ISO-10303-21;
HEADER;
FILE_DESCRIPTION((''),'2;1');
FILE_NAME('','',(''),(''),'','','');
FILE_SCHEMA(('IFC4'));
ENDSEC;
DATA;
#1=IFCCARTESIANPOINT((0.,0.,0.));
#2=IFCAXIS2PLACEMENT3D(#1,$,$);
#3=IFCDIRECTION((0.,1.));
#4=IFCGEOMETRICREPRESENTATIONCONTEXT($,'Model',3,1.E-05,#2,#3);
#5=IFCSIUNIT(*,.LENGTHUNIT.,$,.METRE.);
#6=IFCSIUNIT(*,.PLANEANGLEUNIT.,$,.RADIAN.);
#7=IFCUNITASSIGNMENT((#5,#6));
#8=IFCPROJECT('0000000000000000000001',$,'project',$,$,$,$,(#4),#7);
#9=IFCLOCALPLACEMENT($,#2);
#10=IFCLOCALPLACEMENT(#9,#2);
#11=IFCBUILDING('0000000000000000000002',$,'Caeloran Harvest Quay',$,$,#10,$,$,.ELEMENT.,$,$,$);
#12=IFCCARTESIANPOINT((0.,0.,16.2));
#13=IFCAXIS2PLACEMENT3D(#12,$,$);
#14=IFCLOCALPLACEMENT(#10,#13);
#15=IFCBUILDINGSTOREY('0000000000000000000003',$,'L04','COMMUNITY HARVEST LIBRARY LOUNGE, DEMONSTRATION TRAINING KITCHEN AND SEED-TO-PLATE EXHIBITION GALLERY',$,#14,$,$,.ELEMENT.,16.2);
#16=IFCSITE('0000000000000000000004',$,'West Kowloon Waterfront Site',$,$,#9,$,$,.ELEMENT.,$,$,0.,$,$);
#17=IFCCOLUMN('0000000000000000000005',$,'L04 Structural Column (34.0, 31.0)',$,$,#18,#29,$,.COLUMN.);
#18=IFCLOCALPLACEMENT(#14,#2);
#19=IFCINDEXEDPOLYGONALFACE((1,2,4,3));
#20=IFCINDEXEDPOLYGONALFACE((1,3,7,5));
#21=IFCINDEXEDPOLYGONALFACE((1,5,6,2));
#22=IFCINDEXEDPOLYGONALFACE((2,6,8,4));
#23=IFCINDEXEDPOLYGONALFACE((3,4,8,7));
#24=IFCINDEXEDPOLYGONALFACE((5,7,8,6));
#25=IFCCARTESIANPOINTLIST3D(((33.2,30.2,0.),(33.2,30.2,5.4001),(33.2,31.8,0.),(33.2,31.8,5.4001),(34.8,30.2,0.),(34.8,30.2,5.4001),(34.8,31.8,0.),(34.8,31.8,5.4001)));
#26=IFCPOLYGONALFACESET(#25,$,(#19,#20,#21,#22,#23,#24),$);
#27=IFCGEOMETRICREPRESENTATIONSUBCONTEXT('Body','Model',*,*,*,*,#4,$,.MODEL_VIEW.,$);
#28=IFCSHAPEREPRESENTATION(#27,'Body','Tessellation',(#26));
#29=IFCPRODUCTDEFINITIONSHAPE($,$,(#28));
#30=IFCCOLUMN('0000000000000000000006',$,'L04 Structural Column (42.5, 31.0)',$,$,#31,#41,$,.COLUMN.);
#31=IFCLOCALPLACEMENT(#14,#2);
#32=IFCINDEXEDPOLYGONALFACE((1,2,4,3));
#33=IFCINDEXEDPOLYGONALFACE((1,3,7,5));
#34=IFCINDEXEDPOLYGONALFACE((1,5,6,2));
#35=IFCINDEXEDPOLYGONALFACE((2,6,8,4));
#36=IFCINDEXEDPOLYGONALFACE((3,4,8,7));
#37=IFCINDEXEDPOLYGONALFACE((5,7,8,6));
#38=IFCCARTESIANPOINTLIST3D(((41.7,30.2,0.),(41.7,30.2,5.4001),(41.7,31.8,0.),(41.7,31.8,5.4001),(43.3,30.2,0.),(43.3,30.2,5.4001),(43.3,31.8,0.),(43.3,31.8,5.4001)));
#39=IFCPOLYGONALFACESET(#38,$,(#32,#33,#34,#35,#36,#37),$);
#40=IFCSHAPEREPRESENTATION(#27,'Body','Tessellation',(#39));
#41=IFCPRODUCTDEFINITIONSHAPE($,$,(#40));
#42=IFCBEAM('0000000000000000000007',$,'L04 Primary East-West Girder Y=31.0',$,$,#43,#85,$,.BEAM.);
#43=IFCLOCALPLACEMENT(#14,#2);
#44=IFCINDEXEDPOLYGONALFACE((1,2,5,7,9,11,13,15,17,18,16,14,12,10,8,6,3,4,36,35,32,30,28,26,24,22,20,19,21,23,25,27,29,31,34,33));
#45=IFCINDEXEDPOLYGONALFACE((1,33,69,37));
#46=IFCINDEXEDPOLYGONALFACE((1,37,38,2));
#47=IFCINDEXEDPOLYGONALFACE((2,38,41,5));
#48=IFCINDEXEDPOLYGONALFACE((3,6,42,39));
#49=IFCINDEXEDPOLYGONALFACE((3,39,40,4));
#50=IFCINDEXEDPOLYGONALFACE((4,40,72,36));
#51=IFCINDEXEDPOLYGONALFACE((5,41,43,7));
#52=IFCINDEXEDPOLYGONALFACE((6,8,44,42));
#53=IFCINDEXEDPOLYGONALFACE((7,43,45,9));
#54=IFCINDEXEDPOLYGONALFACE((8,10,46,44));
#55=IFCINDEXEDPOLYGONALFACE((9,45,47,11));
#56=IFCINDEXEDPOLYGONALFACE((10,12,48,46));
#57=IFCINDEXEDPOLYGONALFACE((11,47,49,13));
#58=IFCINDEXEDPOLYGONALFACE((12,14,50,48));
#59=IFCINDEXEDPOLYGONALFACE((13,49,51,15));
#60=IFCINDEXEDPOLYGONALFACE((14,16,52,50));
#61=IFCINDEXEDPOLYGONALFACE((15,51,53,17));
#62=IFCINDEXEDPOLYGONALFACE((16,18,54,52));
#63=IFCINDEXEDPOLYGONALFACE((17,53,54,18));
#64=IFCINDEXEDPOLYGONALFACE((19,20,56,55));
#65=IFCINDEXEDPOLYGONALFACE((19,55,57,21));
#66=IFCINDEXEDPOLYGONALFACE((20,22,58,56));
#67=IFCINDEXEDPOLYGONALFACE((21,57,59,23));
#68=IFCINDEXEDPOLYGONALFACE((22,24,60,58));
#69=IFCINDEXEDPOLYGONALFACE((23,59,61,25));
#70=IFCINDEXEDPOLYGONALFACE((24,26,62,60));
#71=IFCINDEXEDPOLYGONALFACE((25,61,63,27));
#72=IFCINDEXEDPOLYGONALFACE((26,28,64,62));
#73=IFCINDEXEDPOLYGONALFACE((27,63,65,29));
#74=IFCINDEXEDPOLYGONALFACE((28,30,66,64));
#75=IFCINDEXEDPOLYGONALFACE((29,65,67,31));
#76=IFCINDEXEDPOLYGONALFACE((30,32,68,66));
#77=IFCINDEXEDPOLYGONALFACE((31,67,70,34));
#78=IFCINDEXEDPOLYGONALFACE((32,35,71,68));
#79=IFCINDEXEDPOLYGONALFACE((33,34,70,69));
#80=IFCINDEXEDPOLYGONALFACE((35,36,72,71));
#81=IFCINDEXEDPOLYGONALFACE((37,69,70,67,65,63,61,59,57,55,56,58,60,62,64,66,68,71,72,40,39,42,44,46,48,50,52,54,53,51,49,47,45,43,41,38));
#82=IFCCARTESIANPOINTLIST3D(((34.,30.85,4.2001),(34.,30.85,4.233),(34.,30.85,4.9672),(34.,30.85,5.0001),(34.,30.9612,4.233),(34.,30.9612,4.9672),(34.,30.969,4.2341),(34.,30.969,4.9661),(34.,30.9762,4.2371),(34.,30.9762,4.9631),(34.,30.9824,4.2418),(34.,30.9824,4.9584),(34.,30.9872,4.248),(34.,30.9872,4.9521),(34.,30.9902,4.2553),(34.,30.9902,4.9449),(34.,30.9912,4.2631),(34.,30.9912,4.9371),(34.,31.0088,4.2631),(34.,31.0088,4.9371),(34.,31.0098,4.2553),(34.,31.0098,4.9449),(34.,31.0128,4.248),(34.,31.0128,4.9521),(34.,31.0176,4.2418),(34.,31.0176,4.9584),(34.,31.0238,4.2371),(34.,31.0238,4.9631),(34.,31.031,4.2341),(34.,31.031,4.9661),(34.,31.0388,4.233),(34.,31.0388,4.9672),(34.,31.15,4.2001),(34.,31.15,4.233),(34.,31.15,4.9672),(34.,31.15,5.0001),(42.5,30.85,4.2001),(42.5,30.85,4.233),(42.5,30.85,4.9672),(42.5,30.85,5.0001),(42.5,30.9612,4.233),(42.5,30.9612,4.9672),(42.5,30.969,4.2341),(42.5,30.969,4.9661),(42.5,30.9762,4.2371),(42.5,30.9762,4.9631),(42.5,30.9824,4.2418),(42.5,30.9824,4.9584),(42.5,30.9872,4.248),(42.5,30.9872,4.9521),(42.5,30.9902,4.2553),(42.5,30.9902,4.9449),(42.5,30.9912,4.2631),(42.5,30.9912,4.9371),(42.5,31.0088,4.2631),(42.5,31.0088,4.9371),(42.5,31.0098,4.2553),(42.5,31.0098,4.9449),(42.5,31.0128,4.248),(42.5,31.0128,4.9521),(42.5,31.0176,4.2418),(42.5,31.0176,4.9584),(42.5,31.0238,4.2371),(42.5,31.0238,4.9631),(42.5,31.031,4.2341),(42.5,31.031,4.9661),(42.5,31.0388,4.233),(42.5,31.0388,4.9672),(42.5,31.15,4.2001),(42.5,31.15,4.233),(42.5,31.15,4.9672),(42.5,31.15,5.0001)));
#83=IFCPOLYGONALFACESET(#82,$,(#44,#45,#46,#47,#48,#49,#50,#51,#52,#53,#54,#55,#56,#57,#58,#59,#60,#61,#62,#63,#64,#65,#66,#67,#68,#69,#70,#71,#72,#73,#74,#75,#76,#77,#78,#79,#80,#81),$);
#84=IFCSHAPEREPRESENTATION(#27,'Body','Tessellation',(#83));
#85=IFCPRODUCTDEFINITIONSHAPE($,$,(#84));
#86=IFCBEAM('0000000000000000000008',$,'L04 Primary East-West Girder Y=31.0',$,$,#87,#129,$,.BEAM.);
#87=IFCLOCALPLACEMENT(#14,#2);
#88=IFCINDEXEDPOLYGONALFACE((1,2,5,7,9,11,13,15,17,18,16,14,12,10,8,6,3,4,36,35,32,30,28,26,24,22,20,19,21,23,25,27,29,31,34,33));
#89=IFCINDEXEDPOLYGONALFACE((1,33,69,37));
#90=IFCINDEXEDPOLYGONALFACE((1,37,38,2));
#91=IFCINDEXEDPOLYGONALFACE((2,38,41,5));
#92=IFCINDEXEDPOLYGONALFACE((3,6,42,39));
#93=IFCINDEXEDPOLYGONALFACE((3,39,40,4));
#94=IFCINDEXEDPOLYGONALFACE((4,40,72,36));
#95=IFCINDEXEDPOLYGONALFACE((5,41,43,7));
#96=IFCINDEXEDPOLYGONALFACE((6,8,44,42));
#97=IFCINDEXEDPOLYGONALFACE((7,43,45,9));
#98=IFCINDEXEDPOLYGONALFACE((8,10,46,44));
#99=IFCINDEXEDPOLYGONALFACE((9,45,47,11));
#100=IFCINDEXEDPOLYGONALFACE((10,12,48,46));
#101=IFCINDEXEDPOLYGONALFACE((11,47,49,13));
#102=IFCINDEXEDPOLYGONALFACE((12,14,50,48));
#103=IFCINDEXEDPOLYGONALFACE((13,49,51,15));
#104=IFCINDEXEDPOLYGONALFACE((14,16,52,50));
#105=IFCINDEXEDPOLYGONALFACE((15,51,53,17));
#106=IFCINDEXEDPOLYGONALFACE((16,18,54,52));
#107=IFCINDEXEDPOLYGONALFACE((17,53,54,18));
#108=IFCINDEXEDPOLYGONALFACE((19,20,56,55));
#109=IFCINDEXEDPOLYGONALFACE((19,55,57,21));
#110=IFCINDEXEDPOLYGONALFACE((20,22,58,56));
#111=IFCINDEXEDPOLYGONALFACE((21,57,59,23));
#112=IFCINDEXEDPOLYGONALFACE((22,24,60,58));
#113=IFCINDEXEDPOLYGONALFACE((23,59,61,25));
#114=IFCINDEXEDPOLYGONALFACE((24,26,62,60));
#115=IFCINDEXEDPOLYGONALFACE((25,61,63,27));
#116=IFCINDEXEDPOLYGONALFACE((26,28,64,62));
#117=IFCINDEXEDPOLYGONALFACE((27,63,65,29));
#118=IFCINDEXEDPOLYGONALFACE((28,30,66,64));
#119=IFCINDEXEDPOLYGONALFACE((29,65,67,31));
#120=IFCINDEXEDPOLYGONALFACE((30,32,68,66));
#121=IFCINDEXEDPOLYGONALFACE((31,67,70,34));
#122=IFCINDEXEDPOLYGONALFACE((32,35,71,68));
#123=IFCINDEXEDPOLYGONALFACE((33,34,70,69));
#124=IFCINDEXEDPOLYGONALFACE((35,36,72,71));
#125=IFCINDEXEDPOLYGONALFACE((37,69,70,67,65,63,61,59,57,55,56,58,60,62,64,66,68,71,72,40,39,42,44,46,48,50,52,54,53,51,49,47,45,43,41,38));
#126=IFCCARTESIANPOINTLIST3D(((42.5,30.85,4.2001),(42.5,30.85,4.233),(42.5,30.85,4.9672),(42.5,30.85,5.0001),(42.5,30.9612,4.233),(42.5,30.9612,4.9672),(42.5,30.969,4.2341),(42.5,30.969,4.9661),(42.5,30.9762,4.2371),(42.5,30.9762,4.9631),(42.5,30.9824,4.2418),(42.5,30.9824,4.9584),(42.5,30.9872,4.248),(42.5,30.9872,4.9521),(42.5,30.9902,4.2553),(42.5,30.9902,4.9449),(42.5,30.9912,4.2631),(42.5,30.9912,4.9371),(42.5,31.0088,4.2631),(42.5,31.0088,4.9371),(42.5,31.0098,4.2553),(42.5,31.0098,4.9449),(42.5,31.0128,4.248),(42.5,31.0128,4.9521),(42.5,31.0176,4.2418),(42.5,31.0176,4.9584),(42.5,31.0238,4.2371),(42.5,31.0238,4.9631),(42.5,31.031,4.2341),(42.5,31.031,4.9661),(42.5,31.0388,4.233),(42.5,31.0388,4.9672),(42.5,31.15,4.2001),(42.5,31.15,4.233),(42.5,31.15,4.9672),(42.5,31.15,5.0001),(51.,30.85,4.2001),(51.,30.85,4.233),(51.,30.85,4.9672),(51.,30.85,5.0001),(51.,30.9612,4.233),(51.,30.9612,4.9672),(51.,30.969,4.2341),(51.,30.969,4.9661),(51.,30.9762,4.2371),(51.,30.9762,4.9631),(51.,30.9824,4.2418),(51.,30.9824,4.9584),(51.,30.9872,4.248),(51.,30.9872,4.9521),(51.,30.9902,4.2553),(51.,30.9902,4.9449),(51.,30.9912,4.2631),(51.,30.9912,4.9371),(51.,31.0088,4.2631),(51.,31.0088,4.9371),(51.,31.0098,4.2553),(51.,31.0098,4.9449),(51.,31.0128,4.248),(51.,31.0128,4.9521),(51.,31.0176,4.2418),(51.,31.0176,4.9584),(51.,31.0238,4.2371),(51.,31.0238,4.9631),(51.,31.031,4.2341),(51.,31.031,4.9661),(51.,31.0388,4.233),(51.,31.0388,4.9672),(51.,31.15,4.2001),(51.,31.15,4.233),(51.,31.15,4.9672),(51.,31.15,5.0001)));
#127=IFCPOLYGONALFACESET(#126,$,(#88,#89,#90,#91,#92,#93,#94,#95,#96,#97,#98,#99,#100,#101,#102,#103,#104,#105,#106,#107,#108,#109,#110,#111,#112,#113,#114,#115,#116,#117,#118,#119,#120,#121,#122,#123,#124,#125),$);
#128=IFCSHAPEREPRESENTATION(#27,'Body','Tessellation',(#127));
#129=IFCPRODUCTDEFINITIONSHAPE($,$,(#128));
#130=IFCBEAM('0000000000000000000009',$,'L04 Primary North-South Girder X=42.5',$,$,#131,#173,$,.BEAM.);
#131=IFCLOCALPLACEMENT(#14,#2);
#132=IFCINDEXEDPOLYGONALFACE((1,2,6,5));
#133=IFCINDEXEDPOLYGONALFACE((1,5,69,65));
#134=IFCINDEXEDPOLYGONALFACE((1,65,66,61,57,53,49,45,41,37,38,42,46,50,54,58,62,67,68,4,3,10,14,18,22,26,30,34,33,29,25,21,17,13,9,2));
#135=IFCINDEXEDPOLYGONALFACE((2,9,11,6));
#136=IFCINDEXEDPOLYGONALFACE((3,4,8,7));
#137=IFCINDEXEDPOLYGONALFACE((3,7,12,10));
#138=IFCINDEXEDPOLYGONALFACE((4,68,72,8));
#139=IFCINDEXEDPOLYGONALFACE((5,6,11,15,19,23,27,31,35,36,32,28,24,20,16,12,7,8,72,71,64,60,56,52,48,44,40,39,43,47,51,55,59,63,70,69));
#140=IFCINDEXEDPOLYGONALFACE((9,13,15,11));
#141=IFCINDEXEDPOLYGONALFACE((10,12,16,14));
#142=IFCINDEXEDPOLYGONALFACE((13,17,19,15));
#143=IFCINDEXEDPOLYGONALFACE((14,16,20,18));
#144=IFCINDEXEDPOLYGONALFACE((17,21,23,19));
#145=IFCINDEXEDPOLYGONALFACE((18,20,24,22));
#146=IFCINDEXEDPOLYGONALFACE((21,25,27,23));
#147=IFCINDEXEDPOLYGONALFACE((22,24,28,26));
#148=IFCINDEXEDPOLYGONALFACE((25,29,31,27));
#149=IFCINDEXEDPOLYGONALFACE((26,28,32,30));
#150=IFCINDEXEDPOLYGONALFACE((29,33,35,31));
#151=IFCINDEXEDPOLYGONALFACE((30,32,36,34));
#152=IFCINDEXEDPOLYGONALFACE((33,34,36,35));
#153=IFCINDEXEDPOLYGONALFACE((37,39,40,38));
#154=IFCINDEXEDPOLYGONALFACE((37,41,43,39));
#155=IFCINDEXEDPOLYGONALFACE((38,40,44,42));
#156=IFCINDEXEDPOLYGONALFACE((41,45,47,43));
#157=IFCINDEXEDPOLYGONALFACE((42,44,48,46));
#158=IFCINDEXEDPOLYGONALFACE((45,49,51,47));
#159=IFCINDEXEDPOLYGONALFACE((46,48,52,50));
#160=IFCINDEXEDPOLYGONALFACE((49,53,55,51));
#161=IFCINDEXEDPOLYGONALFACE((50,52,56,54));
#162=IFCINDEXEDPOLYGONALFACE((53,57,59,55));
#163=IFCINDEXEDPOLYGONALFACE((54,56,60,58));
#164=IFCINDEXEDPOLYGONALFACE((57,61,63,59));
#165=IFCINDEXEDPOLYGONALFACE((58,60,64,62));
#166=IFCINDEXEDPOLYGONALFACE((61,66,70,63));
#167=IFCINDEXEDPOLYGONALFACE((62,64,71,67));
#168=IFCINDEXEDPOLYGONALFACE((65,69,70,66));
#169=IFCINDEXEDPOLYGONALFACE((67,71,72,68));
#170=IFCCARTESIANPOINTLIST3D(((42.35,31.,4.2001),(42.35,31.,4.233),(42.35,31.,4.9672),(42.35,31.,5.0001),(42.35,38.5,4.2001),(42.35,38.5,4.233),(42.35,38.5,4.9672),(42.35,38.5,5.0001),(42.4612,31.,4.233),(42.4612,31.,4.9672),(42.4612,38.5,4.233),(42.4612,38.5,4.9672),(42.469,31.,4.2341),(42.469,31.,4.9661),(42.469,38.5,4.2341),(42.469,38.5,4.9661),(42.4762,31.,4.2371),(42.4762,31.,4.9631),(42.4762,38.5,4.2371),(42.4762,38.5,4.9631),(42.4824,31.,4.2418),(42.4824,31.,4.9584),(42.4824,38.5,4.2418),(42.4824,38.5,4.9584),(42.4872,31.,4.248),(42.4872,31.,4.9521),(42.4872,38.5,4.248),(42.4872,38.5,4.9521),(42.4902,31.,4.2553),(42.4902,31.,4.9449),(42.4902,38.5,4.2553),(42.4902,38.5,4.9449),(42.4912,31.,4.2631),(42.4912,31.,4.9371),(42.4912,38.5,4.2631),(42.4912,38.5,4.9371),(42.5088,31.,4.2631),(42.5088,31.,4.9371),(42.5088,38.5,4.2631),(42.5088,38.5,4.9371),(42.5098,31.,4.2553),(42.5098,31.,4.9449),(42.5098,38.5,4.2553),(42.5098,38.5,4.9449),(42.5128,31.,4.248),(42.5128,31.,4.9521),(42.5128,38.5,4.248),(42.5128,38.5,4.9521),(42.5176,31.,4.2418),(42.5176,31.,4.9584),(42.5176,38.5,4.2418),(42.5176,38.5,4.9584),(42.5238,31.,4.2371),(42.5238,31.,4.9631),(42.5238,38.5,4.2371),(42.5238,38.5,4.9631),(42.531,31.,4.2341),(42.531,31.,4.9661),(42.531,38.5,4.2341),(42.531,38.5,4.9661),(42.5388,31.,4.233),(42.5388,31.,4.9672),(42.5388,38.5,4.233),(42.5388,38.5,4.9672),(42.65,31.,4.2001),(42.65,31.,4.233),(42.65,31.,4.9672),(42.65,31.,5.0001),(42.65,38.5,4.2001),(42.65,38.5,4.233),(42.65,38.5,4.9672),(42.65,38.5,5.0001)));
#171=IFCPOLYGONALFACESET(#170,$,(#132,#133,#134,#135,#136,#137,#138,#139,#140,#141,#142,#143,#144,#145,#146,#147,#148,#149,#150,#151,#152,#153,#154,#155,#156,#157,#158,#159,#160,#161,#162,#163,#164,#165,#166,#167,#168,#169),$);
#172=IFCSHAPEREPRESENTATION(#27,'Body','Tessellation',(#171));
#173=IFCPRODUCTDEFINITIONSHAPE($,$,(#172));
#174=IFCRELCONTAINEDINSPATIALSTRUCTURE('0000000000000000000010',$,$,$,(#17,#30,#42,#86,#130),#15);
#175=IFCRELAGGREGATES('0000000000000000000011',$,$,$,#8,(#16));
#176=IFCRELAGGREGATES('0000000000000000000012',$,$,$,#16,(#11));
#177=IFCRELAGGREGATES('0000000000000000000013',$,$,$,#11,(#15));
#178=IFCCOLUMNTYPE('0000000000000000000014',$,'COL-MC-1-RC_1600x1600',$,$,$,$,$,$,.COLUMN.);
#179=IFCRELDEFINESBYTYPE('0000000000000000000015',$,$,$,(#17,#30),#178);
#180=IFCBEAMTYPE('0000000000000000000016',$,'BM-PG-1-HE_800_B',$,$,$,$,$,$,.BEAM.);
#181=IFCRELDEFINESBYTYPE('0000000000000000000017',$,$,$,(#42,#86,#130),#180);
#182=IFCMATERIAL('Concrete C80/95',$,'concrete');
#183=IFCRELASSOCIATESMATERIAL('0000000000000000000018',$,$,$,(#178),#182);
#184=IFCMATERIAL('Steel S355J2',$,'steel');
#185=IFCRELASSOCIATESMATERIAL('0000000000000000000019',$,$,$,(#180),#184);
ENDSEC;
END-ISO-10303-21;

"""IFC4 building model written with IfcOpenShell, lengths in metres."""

from ifc_helpers import new_model, si_unit, direction, frame, origin, origin_2d, place, context, subcontext, project, spatial, rectangle, i_section, extrude, material, material_profile, profile_set, type_object, element, save


model = new_model("IFC4")

# Units and contexts
model_context = context("Model", 3, precision=1e-05, world=origin(), true_north=direction((0.0, 1.0)))
body_context = subcontext(model_context, "Body", "Model", "MODEL_VIEW")
ifc_project = project(units=[si_unit("LENGTHUNIT", "METRE"), si_unit("PLANEANGLEUNIT", "RADIAN")], contexts=[model_context])

# Site, building, storey
site_placement = place(None, origin())
site = spatial("IfcSite", under=ifc_project, at=site_placement, Name="West Kowloon Waterfront Site", CompositionType="ELEMENT", RefElevation=0.0)
building_placement = place(site_placement, origin())
building = spatial("IfcBuilding", under=site, at=building_placement, Name="Caeloran Harvest Quay", CompositionType="ELEMENT")
storey_placement = place(building_placement, frame((0.0, 0.0, 16.2)))
storey = spatial("IfcBuildingStorey", under=building, at=storey_placement, Name="L04", Description="COMMUNITY HARVEST LIBRARY LOUNGE, DEMONSTRATION TRAINING KITCHEN AND SEED-TO-PLATE EXHIBITION GALLERY", CompositionType="ELEMENT", Elevation=16.2)

# Columns
ifc_material_1 = material(Name="Concrete C80/95", Category="concrete")
ifc_material_profile_1 = material_profile(ifc_material_1, rectangle(XDim=1.6001, YDim=1.6001, at=origin_2d()), Name="RC 1600x1600")
ifc_profile_set_1 = profile_set([ifc_material_profile_1], Name="Concrete C80/95")
column_type = type_object("IfcColumnType", Name="COL-MC-1-RC_1600x1600", PredefinedType="COLUMN", material=ifc_profile_set_1)
for number, where, z_axis, x_axis, name in (
    (1, (34.0, 31.0, 0.0), (0.0, 0.0, 1.0), (1.0, 0.0, 0.0), "L04 Structural Column (34.0, 31.0)"),
    (2, (42.5, 31.0, 0.0), (0.0, 0.0, 1.0), (1.0, 0.0, 0.0), "L04 Structural Column (42.5, 31.0)"),
):
    element("IfcColumn", number, at=place(storey_placement, frame(where, z_axis=z_axis, x_axis=x_axis)), inside=storey, type_object=column_type, Name=name, PredefinedType="COLUMN", context=body_context, shape_type="SweptSolid", body=[
        extrude(rectangle(XDim=1.6001, YDim=1.6001, at=origin_2d()), origin(), (0.0, 0.0, 1.0), 5.4001),
    ])

# Beams
ifc_material_2 = material(Name="Steel S355J2", Category="steel")
ifc_material_profile_2 = material_profile(ifc_material_2, i_section(OverallWidth=0.3, OverallDepth=0.8, WebThickness=0.0176, FlangeThickness=0.033, FilletRadius=0.03, at=origin_2d()), Name="HE 800 B")
ifc_profile_set_2 = profile_set([ifc_material_profile_2], Name="Steel S355J2")
beam_type_1 = type_object("IfcBeamType", Name="BM-PG-1-HE_800_B", PredefinedType="BEAM", material=ifc_profile_set_2)
for number, where, z_axis, x_axis, name in (
    (3, (34.0, 31.0, 4.6001), (1.0, 0.0, 0.0), (0.0, 1.0, 0.0), "L04 Primary East-West Girder Y=31.0"),
    (4, (42.5, 31.0, 4.6001), (1.0, 0.0, 0.0), (0.0, 1.0, 0.0), "L04 Primary East-West Girder Y=31.0"),
):
    element("IfcBeam", number, at=place(storey_placement, frame(where, z_axis=z_axis, x_axis=x_axis)), inside=storey, type_object=beam_type_1, Name=name, PredefinedType="BEAM", context=body_context, shape_type="SweptSolid", body=[
        extrude(i_section(OverallWidth=0.3, OverallDepth=0.8, WebThickness=0.0176, FlangeThickness=0.033, FilletRadius=0.03, at=origin_2d()), origin(), (0.0, 0.0, 1.0), 8.5),
    ])
beam_1_placement = place(storey_placement, frame((42.5, 31.0, 4.6001), z_axis=(0.0, 1.0, 0.0), x_axis=(-1.0, 0.0, 0.0)))
element("IfcBeam", 5, at=beam_1_placement, inside=storey, type_object=beam_type_1, Name="L04 Primary North-South Girder X=42.5", PredefinedType="BEAM", context=body_context, shape_type="SweptSolid", body=[
    extrude(i_section(OverallWidth=0.3, OverallDepth=0.8, WebThickness=0.0176, FlangeThickness=0.033, FilletRadius=0.03, at=origin_2d()), origin(), (0.0, 0.0, 1.0), 7.5),
])

save(model, "model.ifc")
